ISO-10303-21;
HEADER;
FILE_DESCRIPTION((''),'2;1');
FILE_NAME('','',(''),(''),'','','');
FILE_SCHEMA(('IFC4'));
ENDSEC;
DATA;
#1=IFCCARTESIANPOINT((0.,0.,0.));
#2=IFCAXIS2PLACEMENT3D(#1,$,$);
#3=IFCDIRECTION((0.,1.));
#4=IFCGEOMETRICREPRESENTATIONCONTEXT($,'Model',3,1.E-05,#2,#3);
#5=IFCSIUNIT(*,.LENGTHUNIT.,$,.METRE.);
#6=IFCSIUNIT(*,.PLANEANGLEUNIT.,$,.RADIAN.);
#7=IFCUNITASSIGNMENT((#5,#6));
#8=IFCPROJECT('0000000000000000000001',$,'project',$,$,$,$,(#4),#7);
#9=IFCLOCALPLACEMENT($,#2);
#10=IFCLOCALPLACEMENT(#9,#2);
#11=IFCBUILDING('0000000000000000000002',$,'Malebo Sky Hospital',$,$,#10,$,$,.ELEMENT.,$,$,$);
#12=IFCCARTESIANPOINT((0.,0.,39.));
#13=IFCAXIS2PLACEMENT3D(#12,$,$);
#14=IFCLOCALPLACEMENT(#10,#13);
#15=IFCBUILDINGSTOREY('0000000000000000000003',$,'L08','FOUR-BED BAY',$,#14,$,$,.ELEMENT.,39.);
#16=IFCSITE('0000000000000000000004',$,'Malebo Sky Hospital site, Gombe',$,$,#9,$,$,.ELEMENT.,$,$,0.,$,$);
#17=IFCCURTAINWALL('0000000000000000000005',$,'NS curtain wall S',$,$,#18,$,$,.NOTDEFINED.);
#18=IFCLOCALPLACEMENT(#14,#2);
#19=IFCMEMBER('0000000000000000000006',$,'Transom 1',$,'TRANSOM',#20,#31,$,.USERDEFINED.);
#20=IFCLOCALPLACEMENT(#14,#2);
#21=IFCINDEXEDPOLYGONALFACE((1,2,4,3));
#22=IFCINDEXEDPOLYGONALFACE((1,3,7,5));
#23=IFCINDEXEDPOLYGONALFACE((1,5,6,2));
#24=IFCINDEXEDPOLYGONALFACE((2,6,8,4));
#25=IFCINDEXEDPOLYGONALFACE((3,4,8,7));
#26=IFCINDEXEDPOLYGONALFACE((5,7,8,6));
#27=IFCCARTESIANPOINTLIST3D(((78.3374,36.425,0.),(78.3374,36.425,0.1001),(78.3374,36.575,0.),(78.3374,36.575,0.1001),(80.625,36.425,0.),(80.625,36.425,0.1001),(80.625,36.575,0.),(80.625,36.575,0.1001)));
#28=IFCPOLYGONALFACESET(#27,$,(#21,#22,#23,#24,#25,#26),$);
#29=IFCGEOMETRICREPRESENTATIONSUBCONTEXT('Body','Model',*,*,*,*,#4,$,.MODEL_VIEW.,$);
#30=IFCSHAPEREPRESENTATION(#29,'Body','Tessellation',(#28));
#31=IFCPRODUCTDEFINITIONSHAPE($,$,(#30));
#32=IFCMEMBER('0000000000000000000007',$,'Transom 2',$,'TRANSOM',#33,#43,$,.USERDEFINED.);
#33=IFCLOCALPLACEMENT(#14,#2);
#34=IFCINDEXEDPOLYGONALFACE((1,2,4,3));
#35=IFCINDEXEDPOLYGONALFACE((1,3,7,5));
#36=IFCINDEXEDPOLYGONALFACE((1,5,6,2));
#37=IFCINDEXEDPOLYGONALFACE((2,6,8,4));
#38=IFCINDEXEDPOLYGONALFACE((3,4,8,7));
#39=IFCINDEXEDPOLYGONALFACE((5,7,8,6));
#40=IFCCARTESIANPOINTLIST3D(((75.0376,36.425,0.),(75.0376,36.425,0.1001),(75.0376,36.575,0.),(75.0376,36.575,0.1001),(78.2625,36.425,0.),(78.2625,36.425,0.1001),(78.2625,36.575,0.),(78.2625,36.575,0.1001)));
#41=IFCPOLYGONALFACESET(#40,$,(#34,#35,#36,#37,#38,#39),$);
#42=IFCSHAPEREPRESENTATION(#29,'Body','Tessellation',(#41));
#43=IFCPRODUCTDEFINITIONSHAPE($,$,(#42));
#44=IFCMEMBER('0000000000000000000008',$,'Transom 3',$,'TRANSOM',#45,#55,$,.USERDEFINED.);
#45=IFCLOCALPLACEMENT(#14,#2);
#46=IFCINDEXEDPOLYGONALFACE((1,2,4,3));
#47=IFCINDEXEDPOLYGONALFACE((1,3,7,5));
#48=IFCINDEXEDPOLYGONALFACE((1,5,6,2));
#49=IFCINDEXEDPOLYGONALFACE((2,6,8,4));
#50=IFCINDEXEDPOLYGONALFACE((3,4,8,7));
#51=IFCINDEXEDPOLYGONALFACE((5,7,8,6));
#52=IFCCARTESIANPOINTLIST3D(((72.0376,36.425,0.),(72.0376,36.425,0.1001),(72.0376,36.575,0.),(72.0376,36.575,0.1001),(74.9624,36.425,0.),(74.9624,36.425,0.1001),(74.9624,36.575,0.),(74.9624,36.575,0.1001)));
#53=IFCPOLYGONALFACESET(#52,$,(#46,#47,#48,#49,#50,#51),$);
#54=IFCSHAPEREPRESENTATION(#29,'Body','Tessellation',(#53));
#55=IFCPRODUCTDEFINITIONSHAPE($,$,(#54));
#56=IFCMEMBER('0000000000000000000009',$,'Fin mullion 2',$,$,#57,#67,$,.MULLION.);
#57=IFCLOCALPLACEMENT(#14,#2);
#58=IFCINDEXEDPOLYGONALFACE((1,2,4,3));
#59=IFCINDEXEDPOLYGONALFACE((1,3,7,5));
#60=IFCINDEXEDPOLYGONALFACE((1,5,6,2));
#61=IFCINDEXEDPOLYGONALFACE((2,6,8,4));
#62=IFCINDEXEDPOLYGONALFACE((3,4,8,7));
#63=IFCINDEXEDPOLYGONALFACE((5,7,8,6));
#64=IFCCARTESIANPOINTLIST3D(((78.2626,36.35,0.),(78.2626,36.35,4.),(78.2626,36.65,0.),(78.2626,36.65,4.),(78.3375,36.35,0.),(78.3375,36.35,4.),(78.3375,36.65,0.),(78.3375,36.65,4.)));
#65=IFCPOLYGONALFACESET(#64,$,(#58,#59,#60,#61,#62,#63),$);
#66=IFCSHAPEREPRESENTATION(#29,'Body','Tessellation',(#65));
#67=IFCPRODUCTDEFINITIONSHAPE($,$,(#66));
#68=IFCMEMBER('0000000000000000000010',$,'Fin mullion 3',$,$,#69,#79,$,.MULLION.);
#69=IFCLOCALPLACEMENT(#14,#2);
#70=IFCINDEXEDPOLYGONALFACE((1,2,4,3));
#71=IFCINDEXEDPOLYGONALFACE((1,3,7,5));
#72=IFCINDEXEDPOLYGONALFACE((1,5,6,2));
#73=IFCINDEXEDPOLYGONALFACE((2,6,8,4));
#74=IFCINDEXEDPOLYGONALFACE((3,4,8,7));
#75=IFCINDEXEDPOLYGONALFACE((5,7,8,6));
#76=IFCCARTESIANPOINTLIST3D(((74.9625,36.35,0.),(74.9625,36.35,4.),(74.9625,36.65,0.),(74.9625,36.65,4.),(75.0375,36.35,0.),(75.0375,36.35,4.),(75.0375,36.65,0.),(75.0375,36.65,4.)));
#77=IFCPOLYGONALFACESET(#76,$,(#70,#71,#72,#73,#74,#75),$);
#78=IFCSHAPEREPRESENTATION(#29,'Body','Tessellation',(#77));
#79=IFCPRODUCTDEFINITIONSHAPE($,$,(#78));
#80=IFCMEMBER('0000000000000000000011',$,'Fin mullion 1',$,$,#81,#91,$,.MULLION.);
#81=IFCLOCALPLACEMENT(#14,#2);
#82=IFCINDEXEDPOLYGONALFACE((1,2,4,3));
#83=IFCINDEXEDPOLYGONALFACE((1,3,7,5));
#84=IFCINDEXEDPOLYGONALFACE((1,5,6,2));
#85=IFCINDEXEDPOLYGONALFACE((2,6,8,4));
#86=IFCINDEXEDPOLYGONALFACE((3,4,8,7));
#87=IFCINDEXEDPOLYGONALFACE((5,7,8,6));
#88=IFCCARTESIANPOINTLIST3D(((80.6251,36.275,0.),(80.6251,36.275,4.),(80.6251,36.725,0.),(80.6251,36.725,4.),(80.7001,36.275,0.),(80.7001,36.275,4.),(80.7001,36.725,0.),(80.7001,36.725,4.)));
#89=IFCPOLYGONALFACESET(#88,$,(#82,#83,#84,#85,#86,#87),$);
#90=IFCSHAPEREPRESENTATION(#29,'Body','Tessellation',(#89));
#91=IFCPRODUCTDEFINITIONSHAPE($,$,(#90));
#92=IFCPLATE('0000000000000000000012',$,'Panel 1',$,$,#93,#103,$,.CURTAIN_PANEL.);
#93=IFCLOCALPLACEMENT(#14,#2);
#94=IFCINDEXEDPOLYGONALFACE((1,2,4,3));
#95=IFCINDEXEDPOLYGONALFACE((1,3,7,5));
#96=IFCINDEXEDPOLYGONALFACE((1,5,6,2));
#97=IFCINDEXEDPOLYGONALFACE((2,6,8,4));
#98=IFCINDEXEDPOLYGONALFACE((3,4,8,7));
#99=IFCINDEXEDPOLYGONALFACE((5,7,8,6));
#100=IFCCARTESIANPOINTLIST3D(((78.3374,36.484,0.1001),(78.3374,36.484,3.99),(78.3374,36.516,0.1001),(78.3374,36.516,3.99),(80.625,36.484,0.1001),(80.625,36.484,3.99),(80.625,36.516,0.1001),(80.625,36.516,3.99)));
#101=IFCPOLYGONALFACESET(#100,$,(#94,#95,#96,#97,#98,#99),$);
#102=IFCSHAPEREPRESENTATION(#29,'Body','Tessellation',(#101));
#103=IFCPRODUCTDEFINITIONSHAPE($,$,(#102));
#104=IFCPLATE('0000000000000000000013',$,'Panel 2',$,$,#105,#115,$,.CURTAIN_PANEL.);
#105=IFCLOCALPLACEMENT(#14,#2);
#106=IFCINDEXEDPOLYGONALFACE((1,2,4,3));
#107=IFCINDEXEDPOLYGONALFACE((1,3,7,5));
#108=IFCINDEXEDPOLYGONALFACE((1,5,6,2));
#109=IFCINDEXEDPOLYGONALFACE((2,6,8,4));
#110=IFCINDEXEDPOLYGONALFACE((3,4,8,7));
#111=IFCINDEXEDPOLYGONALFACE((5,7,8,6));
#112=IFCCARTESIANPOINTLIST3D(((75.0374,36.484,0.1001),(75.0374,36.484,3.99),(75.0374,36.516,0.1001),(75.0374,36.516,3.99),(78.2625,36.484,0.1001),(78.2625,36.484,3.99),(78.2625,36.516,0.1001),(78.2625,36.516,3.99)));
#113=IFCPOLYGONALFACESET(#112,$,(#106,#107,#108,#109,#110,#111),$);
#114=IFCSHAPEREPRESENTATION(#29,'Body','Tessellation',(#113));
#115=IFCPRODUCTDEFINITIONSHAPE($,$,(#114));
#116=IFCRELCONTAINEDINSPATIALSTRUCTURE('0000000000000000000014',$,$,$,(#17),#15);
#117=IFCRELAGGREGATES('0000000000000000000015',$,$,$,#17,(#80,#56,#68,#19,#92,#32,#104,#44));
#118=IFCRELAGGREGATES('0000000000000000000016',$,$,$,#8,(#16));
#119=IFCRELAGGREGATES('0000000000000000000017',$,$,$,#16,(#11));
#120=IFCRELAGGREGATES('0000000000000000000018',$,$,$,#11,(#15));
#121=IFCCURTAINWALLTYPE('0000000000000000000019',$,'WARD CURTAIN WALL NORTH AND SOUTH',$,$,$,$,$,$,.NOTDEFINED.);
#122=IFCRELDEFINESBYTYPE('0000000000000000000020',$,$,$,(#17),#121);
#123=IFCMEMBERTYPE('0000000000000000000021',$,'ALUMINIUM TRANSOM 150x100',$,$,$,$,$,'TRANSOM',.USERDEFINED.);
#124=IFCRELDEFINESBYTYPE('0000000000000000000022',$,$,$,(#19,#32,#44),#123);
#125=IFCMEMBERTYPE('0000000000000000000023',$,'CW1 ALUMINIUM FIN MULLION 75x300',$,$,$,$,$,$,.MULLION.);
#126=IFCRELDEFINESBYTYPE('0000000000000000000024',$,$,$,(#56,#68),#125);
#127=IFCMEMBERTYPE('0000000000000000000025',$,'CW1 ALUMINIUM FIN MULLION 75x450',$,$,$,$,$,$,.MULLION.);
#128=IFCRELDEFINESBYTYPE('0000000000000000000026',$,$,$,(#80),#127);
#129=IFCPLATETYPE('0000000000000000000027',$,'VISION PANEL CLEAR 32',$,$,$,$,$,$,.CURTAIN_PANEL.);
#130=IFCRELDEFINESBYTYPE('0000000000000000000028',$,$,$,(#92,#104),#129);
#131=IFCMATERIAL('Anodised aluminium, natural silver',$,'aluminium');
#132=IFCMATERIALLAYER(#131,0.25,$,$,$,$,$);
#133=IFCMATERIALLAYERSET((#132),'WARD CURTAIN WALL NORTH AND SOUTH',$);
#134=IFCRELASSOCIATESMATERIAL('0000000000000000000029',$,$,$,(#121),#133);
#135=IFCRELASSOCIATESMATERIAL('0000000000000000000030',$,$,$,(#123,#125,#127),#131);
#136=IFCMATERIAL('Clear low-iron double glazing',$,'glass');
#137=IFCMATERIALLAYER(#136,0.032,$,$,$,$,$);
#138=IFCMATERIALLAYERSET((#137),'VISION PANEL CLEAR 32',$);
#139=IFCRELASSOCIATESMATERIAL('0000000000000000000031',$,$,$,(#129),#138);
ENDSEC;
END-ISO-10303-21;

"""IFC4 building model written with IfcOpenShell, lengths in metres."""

from ifc_helpers import new_model, si_unit, direction, frame, origin, origin_2d, place, context, subcontext, project, spatial, rectangle, extrude, material, layer, layer_set, material_profile, profile_set, type_object, element, aggregate, save


model = new_model("IFC4")

# Units and contexts
model_context = context("Model", 3, precision=1e-05, world=origin(), true_north=direction((0.0, 1.0)))
body_context = subcontext(model_context, "Body", "Model", "MODEL_VIEW")
ifc_project = project(units=[si_unit("LENGTHUNIT", "METRE"), si_unit("PLANEANGLEUNIT", "RADIAN")], contexts=[model_context])

# Site, building, storey
site_placement = place(None, origin())
site = spatial("IfcSite", under=ifc_project, at=site_placement, Name="Malebo Sky Hospital site, Gombe", CompositionType="ELEMENT", RefElevation=0.0)
building_placement = place(site_placement, origin())
building = spatial("IfcBuilding", under=site, at=building_placement, Name="Malebo Sky Hospital", CompositionType="ELEMENT")
storey_placement = place(building_placement, frame((0.0, 0.0, 39.0)))
storey = spatial("IfcBuildingStorey", under=building, at=storey_placement, Name="L08", Description="FOUR-BED BAY", CompositionType="ELEMENT", Elevation=39.0)

# Curtain wall, members, plates
ifc_material_1 = material(Name="Anodised aluminium, natural silver", Category="aluminium")
ifc_layer_1 = layer(ifc_material_1, 0.25)
ifc_layer_set_1 = layer_set([ifc_layer_1], Name="WARD CURTAIN WALL NORTH AND SOUTH")
curtain_wall_type = type_object("IfcCurtainWallType", Name="WARD CURTAIN WALL NORTH AND SOUTH", PredefinedType="NOTDEFINED", material=ifc_layer_set_1)
curtain_wall_placement = place(storey_placement, origin())
curtain_wall = element("IfcCurtainWall", 1, at=curtain_wall_placement, inside=storey, type_object=curtain_wall_type, Name="NS curtain wall S", PredefinedType="NOTDEFINED")
ifc_material_profile_1 = material_profile(ifc_material_1, rectangle(XDim=0.1499, YDim=0.1001, at=origin_2d()), Name="ALUMINIUM TRANSOM 150x100")
ifc_profile_set_1 = profile_set([ifc_material_profile_1], Name="Anodised aluminium, natural silver")
member_type_1 = type_object("IfcMemberType", Name="ALUMINIUM TRANSOM 150x100", ElementType="TRANSOM", PredefinedType="USERDEFINED", material=ifc_profile_set_1)
member_1_placement = place(storey_placement, frame((80.625, 36.5, 0.05), z_axis=(-1.0, 0.0, 0.0), x_axis=(0.0, -1.0, 0.0)))
member_1 = element("IfcMember", 2, at=member_1_placement, type_object=member_type_1, Name="Transom 1", ObjectType="TRANSOM", PredefinedType="USERDEFINED", context=body_context, shape_type="SweptSolid", body=[
    extrude(rectangle(XDim=0.1499, YDim=0.1001, at=origin_2d()), origin(), (0.0, 0.0, 1.0), 2.2876),
])
member_2_placement = place(storey_placement, frame((78.2625, 36.5, 0.05), z_axis=(-1.0, 0.0, 0.0), x_axis=(0.0, -1.0, 0.0)))
member_2 = element("IfcMember", 3, at=member_2_placement, type_object=member_type_1, Name="Transom 2", ObjectType="TRANSOM", PredefinedType="USERDEFINED", context=body_context, shape_type="SweptSolid", body=[
    extrude(rectangle(XDim=0.1499, YDim=0.1001, at=origin_2d()), origin(), (0.0, 0.0, 1.0), 3.2249),
])
member_3_placement = place(storey_placement, frame((74.9624, 36.5, 0.05), z_axis=(-1.0, 0.0, 0.0), x_axis=(0.0, -1.0, 0.0)))
member_3 = element("IfcMember", 4, at=member_3_placement, type_object=member_type_1, Name="Transom 3", ObjectType="TRANSOM", PredefinedType="USERDEFINED", context=body_context, shape_type="SweptSolid", body=[
    extrude(rectangle(XDim=0.1499, YDim=0.1001, at=origin_2d()), origin(), (0.0, 0.0, 1.0), 2.9248),
])
ifc_material_profile_2 = material_profile(ifc_material_1, rectangle(XDim=0.075, YDim=0.3, at=origin_2d()), Name="CW1 ALUMINIUM FIN MULLION 75x300")
ifc_profile_set_2 = profile_set([ifc_material_profile_2], Name="Anodised aluminium, natural silver")
member_type_2 = type_object("IfcMemberType", Name="CW1 ALUMINIUM FIN MULLION 75x300", PredefinedType="MULLION", material=ifc_profile_set_2)
member_4_placement = place(storey_placement, frame((78.3, 36.5, 0.0), z_axis=(0.0, 0.0, 1.0), x_axis=(-1.0, 0.0, 0.0)))
member_4 = element("IfcMember", 5, at=member_4_placement, type_object=member_type_2, Name="Fin mullion 2", PredefinedType="MULLION", context=body_context, shape_type="SweptSolid", body=[
    extrude(rectangle(XDim=0.075, YDim=0.3, at=origin_2d()), origin(), (0.0, 0.0, 1.0), 4.0),
])
member_5_placement = place(storey_placement, frame((75.0, 36.5, 0.0), z_axis=(0.0, 0.0, 1.0), x_axis=(-1.0, 0.0, 0.0)))
member_5 = element("IfcMember", 6, at=member_5_placement, type_object=member_type_2, Name="Fin mullion 3", PredefinedType="MULLION", context=body_context, shape_type="SweptSolid", body=[
    extrude(rectangle(XDim=0.075, YDim=0.3, at=origin_2d()), origin(), (0.0, 0.0, 1.0), 4.0),
])
ifc_material_profile_3 = material_profile(ifc_material_1, rectangle(XDim=0.075, YDim=0.45, at=origin_2d()), Name="CW1 ALUMINIUM FIN MULLION 75x450")
ifc_profile_set_3 = profile_set([ifc_material_profile_3], Name="Anodised aluminium, natural silver")
member_type_3 = type_object("IfcMemberType", Name="CW1 ALUMINIUM FIN MULLION 75x450", PredefinedType="MULLION", material=ifc_profile_set_3)
member_6_placement = place(storey_placement, frame((80.6626, 36.5, 0.0), z_axis=(0.0, 0.0, 1.0), x_axis=(-1.0, 0.0, 0.0)))
member_6 = element("IfcMember", 7, at=member_6_placement, type_object=member_type_3, Name="Fin mullion 1", PredefinedType="MULLION", context=body_context, shape_type="SweptSolid", body=[
    extrude(rectangle(XDim=0.075, YDim=0.45, at=origin_2d()), origin(), (0.0, 0.0, 1.0), 4.0),
])
ifc_material_2 = material(Name="Clear low-iron double glazing", Category="glass")
ifc_layer_2 = layer(ifc_material_2, 0.032)
ifc_layer_set_2 = layer_set([ifc_layer_2], Name="VISION PANEL CLEAR 32")
plate_type = type_object("IfcPlateType", Name="VISION PANEL CLEAR 32", PredefinedType="CURTAIN_PANEL", material=ifc_layer_set_2)
plate_1_placement = place(storey_placement, frame((79.4812, 36.5, 0.1001), z_axis=(0.0, 0.0, 1.0), x_axis=(-1.0, 0.0, 0.0)))
plate_1 = element("IfcPlate", 8, at=plate_1_placement, type_object=plate_type, Name="Panel 1", PredefinedType="CURTAIN_PANEL", context=body_context, shape_type="SweptSolid", body=[
    extrude(rectangle(XDim=2.2876, YDim=0.032, at=origin_2d()), origin(), (0.0, 0.0, 1.0), 3.8899),
])
plate_2_placement = place(storey_placement, frame((76.6499, 36.5, 0.1001), z_axis=(0.0, 0.0, 1.0), x_axis=(-1.0, 0.0, 0.0)))
plate_2 = element("IfcPlate", 9, at=plate_2_placement, type_object=plate_type, Name="Panel 2", PredefinedType="CURTAIN_PANEL", context=body_context, shape_type="SweptSolid", body=[
    extrude(rectangle(XDim=3.2251, YDim=0.032, at=origin_2d()), origin(), (0.0, 0.0, 1.0), 3.8899),
])
aggregate(curtain_wall, [member_6, member_4, member_5, member_1, plate_1, member_2, plate_2, member_3])

save(model, "model.ifc")
